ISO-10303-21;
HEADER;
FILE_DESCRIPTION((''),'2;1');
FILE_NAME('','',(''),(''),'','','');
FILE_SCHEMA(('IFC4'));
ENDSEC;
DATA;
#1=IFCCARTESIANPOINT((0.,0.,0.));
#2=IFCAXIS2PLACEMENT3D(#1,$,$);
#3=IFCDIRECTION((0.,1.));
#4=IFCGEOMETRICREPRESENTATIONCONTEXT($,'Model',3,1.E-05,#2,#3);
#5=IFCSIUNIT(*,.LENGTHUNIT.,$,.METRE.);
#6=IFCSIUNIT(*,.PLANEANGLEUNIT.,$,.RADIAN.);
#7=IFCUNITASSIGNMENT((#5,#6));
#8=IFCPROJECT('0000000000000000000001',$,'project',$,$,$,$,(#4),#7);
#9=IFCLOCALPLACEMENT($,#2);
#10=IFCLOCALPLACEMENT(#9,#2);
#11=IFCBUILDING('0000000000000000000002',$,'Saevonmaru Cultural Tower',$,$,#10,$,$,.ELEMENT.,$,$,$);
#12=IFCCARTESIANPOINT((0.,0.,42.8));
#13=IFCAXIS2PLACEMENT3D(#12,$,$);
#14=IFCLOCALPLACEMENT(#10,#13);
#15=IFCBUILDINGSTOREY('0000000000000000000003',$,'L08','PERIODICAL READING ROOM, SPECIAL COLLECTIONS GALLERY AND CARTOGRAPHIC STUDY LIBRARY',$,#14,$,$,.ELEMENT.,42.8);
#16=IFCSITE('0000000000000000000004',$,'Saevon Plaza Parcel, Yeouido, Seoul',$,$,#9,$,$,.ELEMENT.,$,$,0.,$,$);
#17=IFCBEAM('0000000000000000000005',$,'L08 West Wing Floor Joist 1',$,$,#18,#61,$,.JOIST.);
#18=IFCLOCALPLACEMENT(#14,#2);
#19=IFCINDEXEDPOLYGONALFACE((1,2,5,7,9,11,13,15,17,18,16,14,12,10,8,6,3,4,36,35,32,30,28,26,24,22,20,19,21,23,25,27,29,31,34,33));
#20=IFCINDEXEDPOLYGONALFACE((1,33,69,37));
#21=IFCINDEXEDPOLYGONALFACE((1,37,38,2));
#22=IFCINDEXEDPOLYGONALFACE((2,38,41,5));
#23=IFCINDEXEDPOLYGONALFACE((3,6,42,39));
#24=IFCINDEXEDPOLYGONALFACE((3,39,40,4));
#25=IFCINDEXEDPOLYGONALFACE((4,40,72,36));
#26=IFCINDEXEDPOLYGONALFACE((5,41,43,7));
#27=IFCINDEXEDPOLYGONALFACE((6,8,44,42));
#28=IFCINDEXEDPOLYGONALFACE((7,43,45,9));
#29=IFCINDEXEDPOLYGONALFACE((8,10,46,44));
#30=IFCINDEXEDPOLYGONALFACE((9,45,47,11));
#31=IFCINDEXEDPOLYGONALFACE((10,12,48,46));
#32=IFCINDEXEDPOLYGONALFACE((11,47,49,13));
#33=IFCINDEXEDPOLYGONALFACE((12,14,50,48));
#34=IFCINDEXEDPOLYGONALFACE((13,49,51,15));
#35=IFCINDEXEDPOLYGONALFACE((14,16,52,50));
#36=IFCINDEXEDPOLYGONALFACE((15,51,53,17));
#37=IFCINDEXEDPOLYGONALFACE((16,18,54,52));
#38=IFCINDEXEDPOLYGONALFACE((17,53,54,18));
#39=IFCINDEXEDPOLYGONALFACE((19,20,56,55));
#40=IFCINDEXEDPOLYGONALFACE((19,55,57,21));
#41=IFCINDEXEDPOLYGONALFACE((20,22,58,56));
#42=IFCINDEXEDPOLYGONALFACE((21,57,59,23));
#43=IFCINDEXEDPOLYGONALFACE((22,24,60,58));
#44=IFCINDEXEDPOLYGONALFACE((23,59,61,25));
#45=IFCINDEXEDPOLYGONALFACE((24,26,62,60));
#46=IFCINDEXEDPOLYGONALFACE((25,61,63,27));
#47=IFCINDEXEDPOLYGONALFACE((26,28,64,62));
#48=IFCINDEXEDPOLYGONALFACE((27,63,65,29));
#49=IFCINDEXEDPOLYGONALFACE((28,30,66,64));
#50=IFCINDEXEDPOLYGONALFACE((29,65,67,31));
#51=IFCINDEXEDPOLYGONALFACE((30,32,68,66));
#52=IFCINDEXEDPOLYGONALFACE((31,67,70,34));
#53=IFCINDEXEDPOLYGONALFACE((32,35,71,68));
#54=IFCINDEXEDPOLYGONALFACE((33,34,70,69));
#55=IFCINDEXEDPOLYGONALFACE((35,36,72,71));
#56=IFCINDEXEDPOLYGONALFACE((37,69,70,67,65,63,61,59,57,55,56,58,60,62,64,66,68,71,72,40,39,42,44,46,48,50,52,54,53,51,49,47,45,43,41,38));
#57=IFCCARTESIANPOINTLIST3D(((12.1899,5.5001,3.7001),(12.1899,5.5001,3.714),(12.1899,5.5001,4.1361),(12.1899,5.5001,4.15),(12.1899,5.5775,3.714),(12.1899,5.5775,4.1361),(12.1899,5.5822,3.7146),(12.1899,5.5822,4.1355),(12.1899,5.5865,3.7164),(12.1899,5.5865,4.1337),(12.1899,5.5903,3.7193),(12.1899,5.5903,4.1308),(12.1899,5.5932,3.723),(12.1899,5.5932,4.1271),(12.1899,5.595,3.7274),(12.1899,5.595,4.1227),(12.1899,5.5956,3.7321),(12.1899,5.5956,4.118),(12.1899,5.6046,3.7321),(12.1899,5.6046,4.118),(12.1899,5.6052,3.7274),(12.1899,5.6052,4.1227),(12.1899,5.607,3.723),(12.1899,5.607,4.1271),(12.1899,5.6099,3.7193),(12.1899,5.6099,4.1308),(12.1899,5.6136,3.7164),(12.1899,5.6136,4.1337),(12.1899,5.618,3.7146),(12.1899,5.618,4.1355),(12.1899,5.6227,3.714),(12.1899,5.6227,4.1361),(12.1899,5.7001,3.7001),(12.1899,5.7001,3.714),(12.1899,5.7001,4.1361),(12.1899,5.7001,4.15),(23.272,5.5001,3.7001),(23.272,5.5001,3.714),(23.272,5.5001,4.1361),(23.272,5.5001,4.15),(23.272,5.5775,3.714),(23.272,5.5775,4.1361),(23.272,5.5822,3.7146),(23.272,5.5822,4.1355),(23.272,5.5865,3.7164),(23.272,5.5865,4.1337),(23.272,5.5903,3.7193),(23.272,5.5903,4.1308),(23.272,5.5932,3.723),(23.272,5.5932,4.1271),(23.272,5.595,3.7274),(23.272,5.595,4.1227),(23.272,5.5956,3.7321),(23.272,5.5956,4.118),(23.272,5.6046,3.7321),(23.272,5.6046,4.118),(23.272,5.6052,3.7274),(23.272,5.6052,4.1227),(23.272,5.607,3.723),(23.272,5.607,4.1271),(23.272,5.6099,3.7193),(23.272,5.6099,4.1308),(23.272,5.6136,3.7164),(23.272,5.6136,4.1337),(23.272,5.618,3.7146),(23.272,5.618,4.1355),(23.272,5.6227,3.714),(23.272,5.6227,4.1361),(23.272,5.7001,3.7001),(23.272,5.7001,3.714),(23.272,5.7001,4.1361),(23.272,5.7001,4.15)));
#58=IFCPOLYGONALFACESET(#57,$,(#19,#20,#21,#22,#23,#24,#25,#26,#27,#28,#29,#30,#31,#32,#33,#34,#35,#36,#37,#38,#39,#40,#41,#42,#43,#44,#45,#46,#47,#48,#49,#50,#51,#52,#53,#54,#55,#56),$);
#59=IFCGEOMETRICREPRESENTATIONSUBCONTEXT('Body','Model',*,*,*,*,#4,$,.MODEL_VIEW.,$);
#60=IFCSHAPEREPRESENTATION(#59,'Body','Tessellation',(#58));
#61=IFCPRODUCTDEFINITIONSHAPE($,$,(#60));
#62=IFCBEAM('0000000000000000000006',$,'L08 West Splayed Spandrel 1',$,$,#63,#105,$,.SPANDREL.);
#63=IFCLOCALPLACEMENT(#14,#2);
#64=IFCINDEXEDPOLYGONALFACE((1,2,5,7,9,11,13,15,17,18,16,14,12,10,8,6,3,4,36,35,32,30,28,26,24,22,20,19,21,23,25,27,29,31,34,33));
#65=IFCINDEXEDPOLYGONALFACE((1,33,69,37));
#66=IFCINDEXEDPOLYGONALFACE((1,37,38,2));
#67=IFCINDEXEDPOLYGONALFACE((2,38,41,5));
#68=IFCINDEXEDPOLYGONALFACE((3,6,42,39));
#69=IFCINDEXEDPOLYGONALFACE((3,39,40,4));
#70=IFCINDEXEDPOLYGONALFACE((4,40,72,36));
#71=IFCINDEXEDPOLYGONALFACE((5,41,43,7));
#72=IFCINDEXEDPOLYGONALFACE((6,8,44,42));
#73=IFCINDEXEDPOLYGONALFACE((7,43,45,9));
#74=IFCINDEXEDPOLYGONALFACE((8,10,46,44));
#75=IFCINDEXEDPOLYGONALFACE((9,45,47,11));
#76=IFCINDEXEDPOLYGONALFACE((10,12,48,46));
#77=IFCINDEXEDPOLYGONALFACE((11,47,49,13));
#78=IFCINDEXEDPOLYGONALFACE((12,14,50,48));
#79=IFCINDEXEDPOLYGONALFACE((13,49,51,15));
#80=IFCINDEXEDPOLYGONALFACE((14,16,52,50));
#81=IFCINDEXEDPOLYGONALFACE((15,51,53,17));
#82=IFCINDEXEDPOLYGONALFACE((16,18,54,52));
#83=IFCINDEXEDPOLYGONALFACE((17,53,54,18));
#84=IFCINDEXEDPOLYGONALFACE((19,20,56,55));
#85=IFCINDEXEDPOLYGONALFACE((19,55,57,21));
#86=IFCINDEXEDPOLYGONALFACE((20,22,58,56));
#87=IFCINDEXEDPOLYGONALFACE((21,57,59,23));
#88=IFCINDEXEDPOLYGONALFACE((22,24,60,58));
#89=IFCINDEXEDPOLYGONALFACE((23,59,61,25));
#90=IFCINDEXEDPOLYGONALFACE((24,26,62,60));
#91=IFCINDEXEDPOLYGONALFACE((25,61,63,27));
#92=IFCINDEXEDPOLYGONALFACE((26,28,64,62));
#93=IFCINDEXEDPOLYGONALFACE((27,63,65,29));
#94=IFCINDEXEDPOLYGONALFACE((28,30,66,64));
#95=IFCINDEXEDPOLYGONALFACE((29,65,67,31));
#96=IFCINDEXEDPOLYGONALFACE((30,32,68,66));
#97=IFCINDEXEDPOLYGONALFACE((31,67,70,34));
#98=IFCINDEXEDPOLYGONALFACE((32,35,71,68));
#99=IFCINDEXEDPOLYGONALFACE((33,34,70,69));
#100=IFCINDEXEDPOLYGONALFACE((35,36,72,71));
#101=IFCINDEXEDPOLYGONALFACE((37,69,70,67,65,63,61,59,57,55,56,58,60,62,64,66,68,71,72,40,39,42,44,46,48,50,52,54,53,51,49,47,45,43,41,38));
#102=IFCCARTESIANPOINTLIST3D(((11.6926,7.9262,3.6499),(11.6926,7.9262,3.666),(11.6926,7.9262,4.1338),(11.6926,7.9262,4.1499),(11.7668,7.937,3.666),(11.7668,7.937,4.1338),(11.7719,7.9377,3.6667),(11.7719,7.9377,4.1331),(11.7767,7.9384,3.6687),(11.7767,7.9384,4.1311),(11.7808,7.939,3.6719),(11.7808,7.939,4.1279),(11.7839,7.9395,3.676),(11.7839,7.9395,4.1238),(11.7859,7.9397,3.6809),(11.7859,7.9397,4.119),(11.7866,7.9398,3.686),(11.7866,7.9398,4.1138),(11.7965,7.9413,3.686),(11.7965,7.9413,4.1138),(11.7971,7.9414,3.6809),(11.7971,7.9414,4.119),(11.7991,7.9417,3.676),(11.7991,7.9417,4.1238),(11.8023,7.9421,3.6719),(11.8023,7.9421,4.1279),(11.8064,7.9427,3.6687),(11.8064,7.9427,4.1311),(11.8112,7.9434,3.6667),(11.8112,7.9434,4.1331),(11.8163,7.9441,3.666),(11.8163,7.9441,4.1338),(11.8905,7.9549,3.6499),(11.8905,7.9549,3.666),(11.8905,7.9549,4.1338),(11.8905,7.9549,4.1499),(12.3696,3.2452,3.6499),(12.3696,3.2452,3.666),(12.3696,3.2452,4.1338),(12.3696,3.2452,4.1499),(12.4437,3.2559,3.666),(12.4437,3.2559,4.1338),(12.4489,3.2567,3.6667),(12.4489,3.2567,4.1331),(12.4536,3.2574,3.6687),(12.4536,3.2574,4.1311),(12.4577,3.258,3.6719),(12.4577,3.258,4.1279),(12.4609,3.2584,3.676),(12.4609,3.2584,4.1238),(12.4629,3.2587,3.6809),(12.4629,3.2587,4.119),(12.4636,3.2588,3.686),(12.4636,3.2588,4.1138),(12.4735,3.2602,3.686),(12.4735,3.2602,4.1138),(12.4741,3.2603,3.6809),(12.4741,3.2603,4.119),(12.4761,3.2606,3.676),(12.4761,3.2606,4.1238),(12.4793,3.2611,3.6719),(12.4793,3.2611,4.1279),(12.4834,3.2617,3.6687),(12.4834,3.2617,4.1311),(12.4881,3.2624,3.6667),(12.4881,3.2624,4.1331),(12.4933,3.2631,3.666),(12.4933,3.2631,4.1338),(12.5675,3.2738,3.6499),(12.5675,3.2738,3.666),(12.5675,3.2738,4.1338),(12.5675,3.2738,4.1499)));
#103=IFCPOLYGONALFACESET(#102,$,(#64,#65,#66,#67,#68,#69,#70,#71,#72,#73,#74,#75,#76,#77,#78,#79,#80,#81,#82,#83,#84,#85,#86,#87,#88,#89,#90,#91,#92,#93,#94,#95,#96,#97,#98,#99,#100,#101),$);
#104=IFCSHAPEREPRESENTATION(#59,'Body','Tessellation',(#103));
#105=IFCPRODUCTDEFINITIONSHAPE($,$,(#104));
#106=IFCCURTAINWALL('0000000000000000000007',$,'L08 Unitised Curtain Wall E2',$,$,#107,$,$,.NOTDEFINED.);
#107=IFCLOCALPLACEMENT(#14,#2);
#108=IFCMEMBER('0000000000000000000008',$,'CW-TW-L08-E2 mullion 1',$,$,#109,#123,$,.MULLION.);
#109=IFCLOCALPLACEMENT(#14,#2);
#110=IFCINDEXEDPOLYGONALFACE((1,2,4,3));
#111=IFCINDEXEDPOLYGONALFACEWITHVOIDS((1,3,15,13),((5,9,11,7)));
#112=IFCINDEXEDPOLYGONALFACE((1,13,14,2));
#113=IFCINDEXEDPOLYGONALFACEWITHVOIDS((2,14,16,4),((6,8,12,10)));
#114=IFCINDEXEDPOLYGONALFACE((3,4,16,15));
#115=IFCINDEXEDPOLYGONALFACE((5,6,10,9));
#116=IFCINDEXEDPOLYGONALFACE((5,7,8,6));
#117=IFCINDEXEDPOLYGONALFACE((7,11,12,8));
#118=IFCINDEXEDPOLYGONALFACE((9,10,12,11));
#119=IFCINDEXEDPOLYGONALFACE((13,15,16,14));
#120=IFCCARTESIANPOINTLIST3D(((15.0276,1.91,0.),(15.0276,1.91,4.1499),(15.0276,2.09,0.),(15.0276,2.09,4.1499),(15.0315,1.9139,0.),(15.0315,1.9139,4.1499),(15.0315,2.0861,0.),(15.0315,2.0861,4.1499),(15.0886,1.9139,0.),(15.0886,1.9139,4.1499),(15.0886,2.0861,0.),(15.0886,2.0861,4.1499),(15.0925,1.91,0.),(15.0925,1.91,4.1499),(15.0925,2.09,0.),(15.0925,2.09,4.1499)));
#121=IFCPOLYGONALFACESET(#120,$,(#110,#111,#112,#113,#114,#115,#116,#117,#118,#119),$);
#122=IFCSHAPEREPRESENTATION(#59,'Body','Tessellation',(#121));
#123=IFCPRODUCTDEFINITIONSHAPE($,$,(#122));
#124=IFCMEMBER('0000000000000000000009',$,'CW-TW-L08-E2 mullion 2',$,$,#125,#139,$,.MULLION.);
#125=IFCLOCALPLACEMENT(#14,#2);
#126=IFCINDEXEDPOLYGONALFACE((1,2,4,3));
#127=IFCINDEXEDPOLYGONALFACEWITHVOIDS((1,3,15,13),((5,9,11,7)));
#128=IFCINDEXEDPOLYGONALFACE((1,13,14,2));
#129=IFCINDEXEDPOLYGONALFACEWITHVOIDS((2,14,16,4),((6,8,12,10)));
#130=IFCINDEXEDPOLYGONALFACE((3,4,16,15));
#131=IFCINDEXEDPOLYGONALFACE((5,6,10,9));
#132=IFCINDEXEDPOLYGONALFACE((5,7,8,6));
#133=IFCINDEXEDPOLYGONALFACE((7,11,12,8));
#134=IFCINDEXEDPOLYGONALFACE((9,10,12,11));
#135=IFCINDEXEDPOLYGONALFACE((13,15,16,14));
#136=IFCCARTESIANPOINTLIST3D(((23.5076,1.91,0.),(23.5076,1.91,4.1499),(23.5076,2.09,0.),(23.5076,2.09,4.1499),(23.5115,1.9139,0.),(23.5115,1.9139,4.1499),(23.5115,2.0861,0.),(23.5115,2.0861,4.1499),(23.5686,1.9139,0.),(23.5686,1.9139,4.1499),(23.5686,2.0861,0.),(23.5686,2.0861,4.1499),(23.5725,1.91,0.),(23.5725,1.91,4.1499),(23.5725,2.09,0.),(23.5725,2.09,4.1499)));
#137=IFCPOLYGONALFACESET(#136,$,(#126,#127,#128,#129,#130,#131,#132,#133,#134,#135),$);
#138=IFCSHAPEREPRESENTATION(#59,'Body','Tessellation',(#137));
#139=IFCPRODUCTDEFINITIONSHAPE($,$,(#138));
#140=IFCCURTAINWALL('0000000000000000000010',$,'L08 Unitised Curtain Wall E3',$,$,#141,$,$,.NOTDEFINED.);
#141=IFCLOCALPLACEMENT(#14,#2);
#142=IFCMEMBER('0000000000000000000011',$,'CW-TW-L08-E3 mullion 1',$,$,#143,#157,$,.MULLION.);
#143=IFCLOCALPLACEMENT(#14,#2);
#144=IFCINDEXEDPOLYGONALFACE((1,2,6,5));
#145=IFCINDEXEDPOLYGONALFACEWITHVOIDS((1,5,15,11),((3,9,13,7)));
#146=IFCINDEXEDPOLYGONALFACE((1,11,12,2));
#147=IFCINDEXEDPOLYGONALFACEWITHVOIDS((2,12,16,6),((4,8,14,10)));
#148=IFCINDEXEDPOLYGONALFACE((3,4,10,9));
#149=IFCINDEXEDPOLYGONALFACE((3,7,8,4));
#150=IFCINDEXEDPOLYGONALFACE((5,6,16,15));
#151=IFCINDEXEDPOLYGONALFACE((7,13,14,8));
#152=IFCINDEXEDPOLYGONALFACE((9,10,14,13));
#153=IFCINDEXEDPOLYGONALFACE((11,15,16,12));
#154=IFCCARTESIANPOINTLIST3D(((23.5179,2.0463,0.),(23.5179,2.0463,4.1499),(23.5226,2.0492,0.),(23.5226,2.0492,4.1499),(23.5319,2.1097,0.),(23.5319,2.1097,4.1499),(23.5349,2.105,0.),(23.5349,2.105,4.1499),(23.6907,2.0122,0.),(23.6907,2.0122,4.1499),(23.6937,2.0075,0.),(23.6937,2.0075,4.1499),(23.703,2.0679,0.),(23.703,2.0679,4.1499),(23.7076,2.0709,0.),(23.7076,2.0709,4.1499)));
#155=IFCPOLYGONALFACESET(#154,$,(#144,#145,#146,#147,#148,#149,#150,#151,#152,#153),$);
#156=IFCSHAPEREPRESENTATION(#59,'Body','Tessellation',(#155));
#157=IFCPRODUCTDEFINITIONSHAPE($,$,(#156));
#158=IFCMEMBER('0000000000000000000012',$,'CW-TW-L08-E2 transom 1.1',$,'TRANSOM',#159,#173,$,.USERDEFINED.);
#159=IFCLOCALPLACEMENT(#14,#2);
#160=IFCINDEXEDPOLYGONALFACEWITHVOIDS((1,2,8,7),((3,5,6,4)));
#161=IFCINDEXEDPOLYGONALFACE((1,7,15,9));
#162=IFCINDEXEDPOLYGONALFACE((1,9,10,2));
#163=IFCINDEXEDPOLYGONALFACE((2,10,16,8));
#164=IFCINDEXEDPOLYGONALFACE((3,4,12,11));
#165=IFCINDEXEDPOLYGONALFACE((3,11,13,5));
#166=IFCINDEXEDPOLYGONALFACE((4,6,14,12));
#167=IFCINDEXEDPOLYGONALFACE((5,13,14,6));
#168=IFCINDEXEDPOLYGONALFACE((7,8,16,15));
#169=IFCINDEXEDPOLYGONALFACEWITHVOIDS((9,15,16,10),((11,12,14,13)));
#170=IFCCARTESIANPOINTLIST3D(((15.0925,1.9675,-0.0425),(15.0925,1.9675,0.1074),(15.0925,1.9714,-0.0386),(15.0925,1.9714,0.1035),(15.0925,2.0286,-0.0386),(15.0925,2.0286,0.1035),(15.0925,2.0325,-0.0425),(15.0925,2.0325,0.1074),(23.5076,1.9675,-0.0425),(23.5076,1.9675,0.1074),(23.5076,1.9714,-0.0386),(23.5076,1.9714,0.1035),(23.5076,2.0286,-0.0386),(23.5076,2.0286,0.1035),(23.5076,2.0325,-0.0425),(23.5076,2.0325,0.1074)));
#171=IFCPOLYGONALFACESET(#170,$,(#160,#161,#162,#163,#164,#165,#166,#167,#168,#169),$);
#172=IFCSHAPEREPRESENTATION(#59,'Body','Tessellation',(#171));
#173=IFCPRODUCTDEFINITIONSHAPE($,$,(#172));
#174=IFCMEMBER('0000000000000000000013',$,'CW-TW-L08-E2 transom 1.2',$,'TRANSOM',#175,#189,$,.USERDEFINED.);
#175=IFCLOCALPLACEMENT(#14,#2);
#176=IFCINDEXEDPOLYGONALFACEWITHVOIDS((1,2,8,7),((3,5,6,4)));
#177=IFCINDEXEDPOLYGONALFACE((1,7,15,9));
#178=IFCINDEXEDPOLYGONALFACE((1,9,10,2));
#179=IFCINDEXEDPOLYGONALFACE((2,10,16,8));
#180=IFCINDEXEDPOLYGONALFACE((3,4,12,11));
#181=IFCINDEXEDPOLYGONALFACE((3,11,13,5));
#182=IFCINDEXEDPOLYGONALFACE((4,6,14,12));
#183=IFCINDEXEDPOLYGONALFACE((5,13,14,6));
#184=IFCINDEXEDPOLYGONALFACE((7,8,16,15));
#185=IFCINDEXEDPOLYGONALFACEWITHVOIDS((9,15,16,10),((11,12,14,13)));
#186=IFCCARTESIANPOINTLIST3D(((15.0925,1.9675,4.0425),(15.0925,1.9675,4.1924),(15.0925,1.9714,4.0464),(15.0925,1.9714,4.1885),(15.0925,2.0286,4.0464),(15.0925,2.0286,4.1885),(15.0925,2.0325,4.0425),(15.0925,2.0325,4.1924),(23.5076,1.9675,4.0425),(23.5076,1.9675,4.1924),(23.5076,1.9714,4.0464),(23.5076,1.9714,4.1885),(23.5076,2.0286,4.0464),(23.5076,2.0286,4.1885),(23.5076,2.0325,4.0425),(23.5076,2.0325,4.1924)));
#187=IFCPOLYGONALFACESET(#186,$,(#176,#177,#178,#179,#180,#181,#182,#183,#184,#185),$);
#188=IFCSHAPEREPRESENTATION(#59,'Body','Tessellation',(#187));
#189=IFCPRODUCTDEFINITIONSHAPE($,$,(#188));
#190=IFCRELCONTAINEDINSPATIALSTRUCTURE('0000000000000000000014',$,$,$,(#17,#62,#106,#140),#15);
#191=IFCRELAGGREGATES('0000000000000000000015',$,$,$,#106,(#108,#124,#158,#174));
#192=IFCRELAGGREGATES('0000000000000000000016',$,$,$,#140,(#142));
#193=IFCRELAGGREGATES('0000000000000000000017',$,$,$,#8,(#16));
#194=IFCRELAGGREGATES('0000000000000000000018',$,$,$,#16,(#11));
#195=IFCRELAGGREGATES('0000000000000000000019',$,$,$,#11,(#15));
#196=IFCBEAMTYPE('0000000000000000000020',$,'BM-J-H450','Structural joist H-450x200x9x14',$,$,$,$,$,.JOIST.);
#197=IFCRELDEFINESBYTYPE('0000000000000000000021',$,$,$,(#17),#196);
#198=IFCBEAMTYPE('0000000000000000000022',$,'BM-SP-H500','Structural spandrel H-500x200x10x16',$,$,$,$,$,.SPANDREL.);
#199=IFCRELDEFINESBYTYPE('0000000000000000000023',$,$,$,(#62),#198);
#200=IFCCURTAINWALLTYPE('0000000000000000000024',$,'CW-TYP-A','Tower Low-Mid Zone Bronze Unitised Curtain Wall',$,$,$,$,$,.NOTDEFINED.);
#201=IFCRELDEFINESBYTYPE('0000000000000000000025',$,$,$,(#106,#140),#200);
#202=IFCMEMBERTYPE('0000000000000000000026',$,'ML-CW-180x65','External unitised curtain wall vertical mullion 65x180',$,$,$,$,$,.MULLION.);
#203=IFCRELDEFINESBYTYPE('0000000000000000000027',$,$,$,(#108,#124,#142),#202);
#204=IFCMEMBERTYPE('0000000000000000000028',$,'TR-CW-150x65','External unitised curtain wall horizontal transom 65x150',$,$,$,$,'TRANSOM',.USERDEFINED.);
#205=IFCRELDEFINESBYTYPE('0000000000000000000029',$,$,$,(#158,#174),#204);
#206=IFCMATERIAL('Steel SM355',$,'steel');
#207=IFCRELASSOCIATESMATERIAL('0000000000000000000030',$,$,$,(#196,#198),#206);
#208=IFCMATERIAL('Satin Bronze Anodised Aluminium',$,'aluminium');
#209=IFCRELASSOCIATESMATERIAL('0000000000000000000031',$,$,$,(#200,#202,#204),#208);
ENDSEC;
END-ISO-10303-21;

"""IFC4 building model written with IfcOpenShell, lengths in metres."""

from ifc_helpers import new_model, si_unit, direction, frame, origin, origin_2d, place, context, subcontext, project, spatial, hollow_rectangle, i_section, extrude, material, material_profile, profile_set, type_object, element, aggregate, save


model = new_model("IFC4")

# Units and contexts
model_context = context("Model", 3, precision=1e-05, world=origin(), true_north=direction((0.0, 1.0)))
body_context = subcontext(model_context, "Body", "Model", "MODEL_VIEW")
ifc_project = project(units=[si_unit("LENGTHUNIT", "METRE"), si_unit("PLANEANGLEUNIT", "RADIAN")], contexts=[model_context])

# Site, building, storey
site_placement = place(None, origin())
site = spatial("IfcSite", under=ifc_project, at=site_placement, Name="Saevon Plaza Parcel, Yeouido, Seoul", CompositionType="ELEMENT", RefElevation=0.0)
building_placement = place(site_placement, origin())
building = spatial("IfcBuilding", under=site, at=building_placement, Name="Saevonmaru Cultural Tower", CompositionType="ELEMENT")
storey_placement = place(building_placement, frame((0.0, 0.0, 42.8)))
storey = spatial("IfcBuildingStorey", under=building, at=storey_placement, Name="L08", Description="PERIODICAL READING ROOM, SPECIAL COLLECTIONS GALLERY AND CARTOGRAPHIC STUDY LIBRARY", CompositionType="ELEMENT", Elevation=42.8)

# Beams
ifc_material_1 = material(Name="Steel SM355", Category="steel")
ifc_material_profile_1 = material_profile(ifc_material_1, i_section(OverallWidth=0.2, OverallDepth=0.45, WebThickness=0.009, FlangeThickness=0.0139, FilletRadius=0.0181, at=origin_2d()), Name="H-450x200x9x14")
ifc_profile_set_1 = profile_set([ifc_material_profile_1], Name="Steel SM355")
beam_type_1 = type_object("IfcBeamType", Name="BM-J-H450", Description="Structural joist H-450x200x9x14", PredefinedType="JOIST", material=ifc_profile_set_1)
beam_1_placement = place(storey_placement, frame((12.1899, 5.6001, 3.925), z_axis=(1.0, 0.0, 0.0), x_axis=(0.0, 1.0, 0.0)))
element("IfcBeam", 1, at=beam_1_placement, inside=storey, type_object=beam_type_1, Name="L08 West Wing Floor Joist 1", PredefinedType="JOIST", context=body_context, shape_type="SweptSolid", body=[
    extrude(i_section(OverallWidth=0.2, OverallDepth=0.45, WebThickness=0.009, FlangeThickness=0.0139, FilletRadius=0.0181, at=origin_2d()), origin(), (0.0, 0.0, 1.0), 11.082),
])
ifc_material_profile_2 = material_profile(ifc_material_1, i_section(OverallWidth=0.2, OverallDepth=0.5, WebThickness=0.01, FlangeThickness=0.0161, FilletRadius=0.02, at=origin_2d()), Name="H-500x200x10x16")
ifc_profile_set_2 = profile_set([ifc_material_profile_2], Name="Steel SM355")
beam_type_2 = type_object("IfcBeamType", Name="BM-SP-H500", Description="Structural spandrel H-500x200x10x16", PredefinedType="SPANDREL", material=ifc_profile_set_2)
beam_2_placement = place(storey_placement, frame((12.4685, 3.2595, 3.8999), z_axis=(-0.143134, 0.989703, 0.0), x_axis=(-0.989703, -0.143134, 0.0)))
element("IfcBeam", 2, at=beam_2_placement, inside=storey, type_object=beam_type_2, Name="L08 West Splayed Spandrel 1", PredefinedType="SPANDREL", context=body_context, shape_type="SweptSolid", body=[
    extrude(i_section(OverallWidth=0.2, OverallDepth=0.5, WebThickness=0.01, FlangeThickness=0.0161, FilletRadius=0.02, at=origin_2d()), origin(), (0.0, 0.0, 1.0), 4.7297),
])

# Curtain wall, members
ifc_material_2 = material(Name="Satin Bronze Anodised Aluminium", Category="aluminium")
curtain_wall_type = type_object("IfcCurtainWallType", Name="CW-TYP-A", Description="Tower Low-Mid Zone Bronze Unitised Curtain Wall", PredefinedType="NOTDEFINED", material=ifc_material_2)
curtain_wall_1_placement = place(storey_placement, origin())
curtain_wall_1 = element("IfcCurtainWall", 3, at=curtain_wall_1_placement, inside=storey, type_object=curtain_wall_type, Name="L08 Unitised Curtain Wall E2", PredefinedType="NOTDEFINED")
ifc_material_profile_3 = material_profile(ifc_material_2, hollow_rectangle(XDim=0.0649, YDim=0.1799, WallThickness=0.0039, at=origin_2d()), Name="ALU-MULL-180x65x4")
ifc_profile_set_3 = profile_set([ifc_material_profile_3], Name="Satin Bronze Anodised Aluminium")
member_type_1 = type_object("IfcMemberType", Name="ML-CW-180x65", Description="External unitised curtain wall vertical mullion 65x180", PredefinedType="MULLION", material=ifc_profile_set_3)
member_1_placement = place(storey_placement, frame((15.0601, 2.0, 0.0), z_axis=(0.0, 0.0, 1.0), x_axis=(1.0, 0.0, 0.0)))
member_1 = element("IfcMember", 4, at=member_1_placement, type_object=member_type_1, Name="CW-TW-L08-E2 mullion 1", PredefinedType="MULLION", context=body_context, shape_type="SweptSolid", body=[
    extrude(hollow_rectangle(XDim=0.0649, YDim=0.1799, WallThickness=0.0039, at=origin_2d()), origin(), (0.0, 0.0, 1.0), 4.1499),
])
member_2_placement = place(storey_placement, frame((23.54, 2.0, 0.0), z_axis=(0.0, 0.0, 1.0), x_axis=(1.0, 0.0, 0.0)))
member_2 = element("IfcMember", 5, at=member_2_placement, type_object=member_type_1, Name="CW-TW-L08-E2 mullion 2", PredefinedType="MULLION", context=body_context, shape_type="SweptSolid", body=[
    extrude(hollow_rectangle(XDim=0.0649, YDim=0.1799, WallThickness=0.0039, at=origin_2d()), origin(), (0.0, 0.0, 1.0), 4.1499),
])

# Curtain wall, member
curtain_wall_2_placement = place(storey_placement, origin())
curtain_wall_2 = element("IfcCurtainWall", 6, at=curtain_wall_2_placement, inside=storey, type_object=curtain_wall_type, Name="L08 Unitised Curtain Wall E3", PredefinedType="NOTDEFINED")
member_3_placement = place(storey_placement, frame((23.6128, 2.0586, 0.0), z_axis=(0.0, 0.0, 1.0), x_axis=(0.215413, 0.976523, 0.0)))
member_3 = element("IfcMember", 7, at=member_3_placement, type_object=member_type_1, Name="CW-TW-L08-E3 mullion 1", PredefinedType="MULLION", context=body_context, shape_type="SweptSolid", body=[
    extrude(hollow_rectangle(XDim=0.0649, YDim=0.1799, WallThickness=0.0039, at=origin_2d()), origin(), (0.0, 0.0, 1.0), 4.1499),
])

# Members
ifc_material_profile_4 = material_profile(ifc_material_2, hollow_rectangle(XDim=0.0649, YDim=0.1499, WallThickness=0.0039, at=origin_2d()), Name="ALU-TRAN-150x65x4")
ifc_profile_set_4 = profile_set([ifc_material_profile_4], Name="Satin Bronze Anodised Aluminium")
member_type_2 = type_object("IfcMemberType", Name="TR-CW-150x65", Description="External unitised curtain wall horizontal transom 65x150", ElementType="TRANSOM", PredefinedType="USERDEFINED", material=ifc_profile_set_4)
member_4_placement = place(storey_placement, frame((15.0925, 2.0, 0.0325), z_axis=(1.0, 0.0, 0.0), x_axis=(0.0, 1.0, 0.0)))
member_4 = element("IfcMember", 8, at=member_4_placement, type_object=member_type_2, Name="CW-TW-L08-E2 transom 1.1", ObjectType="TRANSOM", PredefinedType="USERDEFINED", context=body_context, shape_type="SweptSolid", body=[
    extrude(hollow_rectangle(XDim=0.0649, YDim=0.1499, WallThickness=0.0039, at=origin_2d()), origin(), (0.0, 0.0, 1.0), 8.415),
])
member_5_placement = place(storey_placement, frame((15.0925, 2.0, 4.1174), z_axis=(1.0, 0.0, 0.0), x_axis=(0.0, 1.0, 0.0)))
member_5 = element("IfcMember", 9, at=member_5_placement, type_object=member_type_2, Name="CW-TW-L08-E2 transom 1.2", ObjectType="TRANSOM", PredefinedType="USERDEFINED", context=body_context, shape_type="SweptSolid", body=[
    extrude(hollow_rectangle(XDim=0.0649, YDim=0.1499, WallThickness=0.0039, at=origin_2d()), origin(), (0.0, 0.0, 1.0), 8.415),
])

aggregate(curtain_wall_1, [member_1, member_2, member_4, member_5])
aggregate(curtain_wall_2, [member_3])

save(model, "model.ifc")
